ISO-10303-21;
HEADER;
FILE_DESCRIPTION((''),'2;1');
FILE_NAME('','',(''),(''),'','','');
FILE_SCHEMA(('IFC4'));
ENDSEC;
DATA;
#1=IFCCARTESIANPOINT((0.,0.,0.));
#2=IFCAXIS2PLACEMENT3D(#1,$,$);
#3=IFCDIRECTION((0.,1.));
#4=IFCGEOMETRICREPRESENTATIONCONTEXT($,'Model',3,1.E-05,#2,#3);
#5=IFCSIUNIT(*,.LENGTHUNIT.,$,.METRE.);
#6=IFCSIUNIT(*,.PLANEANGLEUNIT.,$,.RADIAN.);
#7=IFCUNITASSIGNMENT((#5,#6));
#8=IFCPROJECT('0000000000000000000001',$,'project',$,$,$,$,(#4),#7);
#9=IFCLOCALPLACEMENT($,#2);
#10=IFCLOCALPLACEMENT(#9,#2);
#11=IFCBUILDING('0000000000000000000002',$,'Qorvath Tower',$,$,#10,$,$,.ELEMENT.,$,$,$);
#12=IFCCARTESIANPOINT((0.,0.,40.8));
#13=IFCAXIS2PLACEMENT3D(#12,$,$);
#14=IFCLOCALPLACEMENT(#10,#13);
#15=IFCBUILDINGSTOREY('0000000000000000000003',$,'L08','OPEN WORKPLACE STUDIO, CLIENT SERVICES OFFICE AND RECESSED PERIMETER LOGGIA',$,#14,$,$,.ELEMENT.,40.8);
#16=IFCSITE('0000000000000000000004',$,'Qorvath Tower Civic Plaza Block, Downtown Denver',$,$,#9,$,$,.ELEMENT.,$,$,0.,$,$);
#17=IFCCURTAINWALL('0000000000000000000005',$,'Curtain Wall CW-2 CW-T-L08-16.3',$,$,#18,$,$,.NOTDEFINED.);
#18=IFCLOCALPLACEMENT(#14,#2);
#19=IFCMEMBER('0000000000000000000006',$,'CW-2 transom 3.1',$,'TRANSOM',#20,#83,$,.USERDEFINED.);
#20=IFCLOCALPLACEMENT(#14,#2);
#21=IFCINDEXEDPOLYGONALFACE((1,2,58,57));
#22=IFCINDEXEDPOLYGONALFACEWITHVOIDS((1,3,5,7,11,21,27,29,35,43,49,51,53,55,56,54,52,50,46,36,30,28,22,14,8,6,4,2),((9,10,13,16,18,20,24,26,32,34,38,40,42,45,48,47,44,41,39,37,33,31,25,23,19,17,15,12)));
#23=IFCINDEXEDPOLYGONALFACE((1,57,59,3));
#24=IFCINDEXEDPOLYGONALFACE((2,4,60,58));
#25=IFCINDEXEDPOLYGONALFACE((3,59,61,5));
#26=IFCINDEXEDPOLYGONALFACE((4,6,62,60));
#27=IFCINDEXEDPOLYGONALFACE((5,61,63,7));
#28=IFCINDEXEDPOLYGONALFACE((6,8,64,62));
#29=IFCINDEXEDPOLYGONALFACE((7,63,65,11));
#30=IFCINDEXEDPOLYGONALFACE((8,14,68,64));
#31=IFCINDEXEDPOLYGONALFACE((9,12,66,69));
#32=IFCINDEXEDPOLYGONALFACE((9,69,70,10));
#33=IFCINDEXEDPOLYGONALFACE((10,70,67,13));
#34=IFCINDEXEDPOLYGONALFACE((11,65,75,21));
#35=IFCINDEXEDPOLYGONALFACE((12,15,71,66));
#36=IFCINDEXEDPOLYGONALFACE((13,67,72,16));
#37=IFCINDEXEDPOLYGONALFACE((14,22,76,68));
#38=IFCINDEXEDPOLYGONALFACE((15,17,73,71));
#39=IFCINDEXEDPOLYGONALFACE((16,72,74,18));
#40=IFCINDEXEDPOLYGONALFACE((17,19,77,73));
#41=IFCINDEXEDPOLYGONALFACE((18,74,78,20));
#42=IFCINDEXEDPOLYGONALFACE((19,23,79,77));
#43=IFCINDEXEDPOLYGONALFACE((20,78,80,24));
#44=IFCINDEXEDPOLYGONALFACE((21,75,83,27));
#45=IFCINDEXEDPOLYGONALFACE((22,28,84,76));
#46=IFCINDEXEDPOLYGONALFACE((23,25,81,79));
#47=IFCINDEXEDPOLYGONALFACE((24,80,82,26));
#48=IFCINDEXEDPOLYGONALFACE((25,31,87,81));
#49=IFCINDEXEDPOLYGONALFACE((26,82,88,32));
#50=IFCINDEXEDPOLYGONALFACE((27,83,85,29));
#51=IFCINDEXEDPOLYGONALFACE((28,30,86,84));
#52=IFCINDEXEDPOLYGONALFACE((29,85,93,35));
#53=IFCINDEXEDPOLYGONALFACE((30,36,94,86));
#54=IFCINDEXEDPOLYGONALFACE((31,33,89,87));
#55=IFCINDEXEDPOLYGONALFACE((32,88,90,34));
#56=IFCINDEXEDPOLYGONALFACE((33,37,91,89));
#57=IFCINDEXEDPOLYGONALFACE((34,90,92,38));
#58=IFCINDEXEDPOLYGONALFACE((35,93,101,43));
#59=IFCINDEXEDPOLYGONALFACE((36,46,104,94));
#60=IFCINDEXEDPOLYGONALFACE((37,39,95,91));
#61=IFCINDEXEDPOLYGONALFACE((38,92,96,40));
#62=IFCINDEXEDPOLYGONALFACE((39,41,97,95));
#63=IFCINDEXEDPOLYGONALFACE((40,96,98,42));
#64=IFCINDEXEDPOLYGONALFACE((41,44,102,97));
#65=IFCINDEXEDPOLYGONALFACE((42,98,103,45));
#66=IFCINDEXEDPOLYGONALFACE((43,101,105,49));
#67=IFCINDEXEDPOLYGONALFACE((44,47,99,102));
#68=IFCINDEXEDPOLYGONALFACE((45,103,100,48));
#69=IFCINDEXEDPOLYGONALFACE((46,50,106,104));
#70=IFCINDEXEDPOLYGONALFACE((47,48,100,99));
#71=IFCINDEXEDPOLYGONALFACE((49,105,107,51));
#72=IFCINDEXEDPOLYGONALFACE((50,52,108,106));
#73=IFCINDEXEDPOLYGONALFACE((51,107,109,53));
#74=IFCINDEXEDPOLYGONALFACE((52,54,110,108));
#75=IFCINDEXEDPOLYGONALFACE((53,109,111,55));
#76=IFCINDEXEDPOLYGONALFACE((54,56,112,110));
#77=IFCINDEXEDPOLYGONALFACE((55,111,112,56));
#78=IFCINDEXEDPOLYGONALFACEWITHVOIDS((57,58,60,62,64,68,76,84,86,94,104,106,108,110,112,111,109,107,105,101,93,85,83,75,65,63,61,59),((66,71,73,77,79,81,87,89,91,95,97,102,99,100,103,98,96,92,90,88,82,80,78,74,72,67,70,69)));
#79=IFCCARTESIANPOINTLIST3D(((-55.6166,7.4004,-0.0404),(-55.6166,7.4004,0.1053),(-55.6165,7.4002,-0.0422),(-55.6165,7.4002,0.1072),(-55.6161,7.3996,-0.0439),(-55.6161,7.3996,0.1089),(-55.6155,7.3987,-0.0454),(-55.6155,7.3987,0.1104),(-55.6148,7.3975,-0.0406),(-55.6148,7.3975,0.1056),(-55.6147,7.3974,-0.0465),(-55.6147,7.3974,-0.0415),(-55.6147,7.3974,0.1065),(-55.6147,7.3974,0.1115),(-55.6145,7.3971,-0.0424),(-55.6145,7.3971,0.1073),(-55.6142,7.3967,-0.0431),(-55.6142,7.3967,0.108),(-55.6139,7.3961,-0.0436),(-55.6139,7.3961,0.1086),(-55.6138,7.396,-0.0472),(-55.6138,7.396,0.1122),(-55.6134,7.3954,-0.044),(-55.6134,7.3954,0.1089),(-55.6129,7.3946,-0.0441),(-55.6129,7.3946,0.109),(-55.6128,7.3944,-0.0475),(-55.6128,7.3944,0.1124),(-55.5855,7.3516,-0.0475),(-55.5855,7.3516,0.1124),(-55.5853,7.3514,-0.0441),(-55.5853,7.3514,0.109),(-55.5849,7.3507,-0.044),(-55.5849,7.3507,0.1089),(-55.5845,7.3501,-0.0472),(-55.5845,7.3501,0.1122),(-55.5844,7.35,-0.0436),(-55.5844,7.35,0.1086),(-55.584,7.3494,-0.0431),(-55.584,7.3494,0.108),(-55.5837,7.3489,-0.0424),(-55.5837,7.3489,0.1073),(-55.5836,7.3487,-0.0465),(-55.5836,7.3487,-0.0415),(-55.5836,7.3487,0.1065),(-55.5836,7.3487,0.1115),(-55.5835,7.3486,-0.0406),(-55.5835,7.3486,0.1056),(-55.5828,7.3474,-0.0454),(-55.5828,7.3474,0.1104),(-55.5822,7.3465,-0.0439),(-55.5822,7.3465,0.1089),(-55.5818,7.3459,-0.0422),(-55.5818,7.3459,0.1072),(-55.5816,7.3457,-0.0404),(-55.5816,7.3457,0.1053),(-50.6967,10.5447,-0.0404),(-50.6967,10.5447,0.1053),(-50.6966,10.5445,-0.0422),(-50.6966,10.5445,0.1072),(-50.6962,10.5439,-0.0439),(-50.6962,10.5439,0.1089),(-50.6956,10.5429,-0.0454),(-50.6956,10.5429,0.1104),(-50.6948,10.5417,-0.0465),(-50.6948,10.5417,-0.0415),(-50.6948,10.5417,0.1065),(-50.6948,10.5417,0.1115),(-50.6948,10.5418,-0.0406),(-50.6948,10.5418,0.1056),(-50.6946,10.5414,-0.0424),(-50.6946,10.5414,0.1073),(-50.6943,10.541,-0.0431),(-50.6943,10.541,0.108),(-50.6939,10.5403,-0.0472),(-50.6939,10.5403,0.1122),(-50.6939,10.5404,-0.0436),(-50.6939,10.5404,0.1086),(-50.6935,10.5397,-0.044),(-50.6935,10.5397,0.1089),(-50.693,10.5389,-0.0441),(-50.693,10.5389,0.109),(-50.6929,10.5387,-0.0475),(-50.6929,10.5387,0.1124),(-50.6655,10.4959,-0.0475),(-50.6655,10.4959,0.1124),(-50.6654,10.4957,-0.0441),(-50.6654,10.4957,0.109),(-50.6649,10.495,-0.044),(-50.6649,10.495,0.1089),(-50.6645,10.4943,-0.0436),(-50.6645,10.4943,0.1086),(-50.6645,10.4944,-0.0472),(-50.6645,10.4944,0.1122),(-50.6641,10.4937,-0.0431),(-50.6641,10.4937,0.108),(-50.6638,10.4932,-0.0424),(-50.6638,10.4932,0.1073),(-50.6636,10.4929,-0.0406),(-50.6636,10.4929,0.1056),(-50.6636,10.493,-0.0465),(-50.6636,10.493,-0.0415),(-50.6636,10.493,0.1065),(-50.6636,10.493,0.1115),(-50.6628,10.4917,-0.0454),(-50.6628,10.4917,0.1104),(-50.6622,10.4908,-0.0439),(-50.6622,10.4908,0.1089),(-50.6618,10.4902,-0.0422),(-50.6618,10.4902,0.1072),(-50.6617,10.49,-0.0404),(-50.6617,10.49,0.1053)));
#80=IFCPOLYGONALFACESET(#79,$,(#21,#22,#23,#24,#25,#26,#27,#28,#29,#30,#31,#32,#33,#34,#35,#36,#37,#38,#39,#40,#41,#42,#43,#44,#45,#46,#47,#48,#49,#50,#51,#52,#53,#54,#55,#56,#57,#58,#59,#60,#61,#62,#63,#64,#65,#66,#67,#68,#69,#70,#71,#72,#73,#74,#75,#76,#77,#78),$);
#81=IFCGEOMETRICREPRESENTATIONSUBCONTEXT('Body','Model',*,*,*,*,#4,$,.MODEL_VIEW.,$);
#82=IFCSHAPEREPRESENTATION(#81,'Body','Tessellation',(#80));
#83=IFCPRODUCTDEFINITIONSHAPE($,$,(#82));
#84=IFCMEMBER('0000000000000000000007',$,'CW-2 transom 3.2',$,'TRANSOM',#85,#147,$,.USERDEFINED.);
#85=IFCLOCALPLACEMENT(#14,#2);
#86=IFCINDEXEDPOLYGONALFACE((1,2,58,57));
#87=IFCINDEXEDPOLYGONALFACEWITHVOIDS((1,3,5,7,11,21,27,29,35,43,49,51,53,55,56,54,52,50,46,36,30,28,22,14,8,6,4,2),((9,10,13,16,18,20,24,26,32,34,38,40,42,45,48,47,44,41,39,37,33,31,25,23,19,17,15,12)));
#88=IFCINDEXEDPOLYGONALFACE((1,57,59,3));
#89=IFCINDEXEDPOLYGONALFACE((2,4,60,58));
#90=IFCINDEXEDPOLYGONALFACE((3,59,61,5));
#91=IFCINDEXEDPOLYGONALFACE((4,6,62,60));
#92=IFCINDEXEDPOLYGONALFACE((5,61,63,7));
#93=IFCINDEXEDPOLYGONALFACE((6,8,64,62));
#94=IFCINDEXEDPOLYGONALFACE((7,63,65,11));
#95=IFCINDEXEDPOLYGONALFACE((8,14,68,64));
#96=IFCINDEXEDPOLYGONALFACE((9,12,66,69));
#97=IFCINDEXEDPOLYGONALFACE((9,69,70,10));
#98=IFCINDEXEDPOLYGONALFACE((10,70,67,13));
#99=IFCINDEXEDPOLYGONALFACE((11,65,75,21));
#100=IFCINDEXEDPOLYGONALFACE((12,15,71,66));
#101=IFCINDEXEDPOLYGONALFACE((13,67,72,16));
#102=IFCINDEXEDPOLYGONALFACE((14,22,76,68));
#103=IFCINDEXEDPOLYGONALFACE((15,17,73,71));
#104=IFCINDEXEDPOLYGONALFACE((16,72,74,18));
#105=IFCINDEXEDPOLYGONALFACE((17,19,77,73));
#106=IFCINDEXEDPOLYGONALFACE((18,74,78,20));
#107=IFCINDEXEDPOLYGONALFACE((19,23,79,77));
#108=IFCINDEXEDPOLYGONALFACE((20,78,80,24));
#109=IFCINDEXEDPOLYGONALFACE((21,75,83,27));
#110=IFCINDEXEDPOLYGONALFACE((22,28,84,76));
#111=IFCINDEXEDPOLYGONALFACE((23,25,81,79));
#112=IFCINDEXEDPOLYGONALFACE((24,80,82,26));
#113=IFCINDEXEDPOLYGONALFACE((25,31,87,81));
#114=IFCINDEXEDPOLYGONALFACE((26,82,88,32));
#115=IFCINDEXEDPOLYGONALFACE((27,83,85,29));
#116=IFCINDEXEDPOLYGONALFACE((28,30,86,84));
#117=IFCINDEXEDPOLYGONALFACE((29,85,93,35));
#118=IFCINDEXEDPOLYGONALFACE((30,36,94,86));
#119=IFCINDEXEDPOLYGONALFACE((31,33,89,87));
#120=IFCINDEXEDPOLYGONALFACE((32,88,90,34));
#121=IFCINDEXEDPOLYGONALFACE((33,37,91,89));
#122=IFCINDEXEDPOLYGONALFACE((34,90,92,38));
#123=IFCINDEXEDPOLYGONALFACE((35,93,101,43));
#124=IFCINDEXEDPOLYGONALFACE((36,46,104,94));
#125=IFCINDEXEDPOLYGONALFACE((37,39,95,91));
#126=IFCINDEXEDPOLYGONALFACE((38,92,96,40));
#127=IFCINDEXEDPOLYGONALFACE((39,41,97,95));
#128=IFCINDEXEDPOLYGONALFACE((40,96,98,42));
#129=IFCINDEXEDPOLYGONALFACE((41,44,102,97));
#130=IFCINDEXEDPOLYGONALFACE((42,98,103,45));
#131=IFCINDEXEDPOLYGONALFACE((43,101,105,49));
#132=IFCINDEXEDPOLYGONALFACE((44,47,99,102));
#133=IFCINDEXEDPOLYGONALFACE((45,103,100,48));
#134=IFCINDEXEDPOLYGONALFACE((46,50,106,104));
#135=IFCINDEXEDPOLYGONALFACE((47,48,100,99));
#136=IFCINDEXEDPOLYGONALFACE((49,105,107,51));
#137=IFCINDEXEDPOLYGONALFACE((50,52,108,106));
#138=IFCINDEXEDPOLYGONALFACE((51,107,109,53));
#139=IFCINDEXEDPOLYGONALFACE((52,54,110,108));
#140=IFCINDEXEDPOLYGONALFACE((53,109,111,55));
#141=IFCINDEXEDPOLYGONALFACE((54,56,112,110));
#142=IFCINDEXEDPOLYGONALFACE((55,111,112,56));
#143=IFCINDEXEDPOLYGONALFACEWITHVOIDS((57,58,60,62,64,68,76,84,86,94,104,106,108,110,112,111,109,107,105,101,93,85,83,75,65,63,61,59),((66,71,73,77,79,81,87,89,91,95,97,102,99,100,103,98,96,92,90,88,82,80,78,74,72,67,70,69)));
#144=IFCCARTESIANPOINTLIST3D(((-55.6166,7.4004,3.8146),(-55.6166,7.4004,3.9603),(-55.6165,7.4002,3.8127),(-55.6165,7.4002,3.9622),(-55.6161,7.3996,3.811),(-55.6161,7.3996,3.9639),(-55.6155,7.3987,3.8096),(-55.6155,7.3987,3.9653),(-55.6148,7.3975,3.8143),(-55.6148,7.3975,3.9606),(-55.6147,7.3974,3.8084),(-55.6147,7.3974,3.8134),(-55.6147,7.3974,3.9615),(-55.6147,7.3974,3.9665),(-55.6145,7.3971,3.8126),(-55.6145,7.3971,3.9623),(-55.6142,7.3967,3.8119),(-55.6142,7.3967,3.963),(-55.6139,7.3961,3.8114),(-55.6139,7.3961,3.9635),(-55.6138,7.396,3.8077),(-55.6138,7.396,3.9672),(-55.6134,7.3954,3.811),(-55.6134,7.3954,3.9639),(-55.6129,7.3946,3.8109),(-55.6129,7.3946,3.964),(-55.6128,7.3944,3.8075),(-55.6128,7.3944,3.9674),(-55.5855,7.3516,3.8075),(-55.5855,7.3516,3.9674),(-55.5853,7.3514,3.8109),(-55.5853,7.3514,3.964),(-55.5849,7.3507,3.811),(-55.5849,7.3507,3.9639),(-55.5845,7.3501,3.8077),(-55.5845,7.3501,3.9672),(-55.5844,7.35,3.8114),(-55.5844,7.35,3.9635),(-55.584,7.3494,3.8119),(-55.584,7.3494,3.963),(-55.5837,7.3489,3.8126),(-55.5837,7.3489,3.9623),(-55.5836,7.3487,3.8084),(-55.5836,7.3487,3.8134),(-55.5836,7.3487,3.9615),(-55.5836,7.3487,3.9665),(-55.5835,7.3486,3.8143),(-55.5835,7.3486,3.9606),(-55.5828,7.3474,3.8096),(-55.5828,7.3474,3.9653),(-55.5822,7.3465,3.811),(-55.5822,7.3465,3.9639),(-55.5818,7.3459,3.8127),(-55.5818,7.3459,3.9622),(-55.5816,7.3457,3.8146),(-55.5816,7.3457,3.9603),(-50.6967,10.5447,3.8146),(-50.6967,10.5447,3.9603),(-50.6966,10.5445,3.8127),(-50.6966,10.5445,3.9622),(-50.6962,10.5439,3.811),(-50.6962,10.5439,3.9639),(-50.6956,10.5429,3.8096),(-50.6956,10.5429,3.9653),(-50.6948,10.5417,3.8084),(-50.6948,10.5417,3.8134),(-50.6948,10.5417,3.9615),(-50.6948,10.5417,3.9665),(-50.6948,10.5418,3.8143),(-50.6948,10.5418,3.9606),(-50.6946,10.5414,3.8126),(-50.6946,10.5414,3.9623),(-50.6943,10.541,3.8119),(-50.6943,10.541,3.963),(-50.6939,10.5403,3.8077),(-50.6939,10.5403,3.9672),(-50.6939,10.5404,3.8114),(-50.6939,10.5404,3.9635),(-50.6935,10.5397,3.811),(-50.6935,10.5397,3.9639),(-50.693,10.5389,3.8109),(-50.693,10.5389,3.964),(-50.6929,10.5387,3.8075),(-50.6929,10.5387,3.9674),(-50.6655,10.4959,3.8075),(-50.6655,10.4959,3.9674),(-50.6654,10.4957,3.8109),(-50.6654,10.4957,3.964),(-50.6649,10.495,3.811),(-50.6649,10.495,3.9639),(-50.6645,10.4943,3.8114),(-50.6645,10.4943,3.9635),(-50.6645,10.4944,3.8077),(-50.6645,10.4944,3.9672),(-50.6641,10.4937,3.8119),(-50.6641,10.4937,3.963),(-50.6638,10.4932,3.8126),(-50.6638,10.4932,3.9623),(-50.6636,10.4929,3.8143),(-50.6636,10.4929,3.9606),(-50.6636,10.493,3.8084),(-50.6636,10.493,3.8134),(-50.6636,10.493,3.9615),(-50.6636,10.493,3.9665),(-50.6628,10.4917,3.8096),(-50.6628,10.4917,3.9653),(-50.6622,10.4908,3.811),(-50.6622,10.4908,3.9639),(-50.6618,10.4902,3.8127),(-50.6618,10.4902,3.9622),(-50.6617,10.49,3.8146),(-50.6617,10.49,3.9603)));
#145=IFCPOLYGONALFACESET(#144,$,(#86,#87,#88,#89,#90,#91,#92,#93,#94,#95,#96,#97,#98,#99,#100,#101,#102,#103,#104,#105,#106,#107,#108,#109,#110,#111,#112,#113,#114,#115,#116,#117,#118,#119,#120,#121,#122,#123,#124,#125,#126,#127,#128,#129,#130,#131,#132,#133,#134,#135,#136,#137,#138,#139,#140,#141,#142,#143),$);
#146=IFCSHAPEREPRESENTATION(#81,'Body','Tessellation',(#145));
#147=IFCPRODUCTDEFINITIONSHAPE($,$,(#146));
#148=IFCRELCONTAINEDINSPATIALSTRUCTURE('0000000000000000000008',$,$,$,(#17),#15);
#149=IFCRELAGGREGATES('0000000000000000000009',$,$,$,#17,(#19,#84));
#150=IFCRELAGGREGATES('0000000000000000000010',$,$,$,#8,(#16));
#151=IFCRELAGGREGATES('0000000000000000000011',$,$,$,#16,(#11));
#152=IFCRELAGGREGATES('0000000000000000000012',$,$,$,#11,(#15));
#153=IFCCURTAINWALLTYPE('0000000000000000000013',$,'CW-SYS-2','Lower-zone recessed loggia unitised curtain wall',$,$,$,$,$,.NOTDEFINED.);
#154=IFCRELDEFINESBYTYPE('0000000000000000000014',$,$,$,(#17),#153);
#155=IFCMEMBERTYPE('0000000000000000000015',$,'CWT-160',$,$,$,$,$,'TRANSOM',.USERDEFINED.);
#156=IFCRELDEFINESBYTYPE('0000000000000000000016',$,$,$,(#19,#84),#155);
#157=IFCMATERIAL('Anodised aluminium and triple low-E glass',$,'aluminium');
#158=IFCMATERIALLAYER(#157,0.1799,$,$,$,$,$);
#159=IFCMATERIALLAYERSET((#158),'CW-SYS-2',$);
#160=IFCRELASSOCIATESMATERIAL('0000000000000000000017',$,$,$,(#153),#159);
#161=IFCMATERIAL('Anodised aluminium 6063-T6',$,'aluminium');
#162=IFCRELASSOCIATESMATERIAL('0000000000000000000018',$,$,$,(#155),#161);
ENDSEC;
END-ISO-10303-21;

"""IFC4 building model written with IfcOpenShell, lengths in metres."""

from ifc_helpers import new_model, si_unit, direction, frame, origin, origin_2d, place, context, subcontext, project, spatial, hollow_rectangle, extrude, material, layer, layer_set, material_profile, profile_set, type_object, element, aggregate, save


model = new_model("IFC4")

# Units and contexts
model_context = context("Model", 3, precision=1e-05, world=origin(), true_north=direction((0.0, 1.0)))
body_context = subcontext(model_context, "Body", "Model", "MODEL_VIEW")
ifc_project = project(units=[si_unit("LENGTHUNIT", "METRE"), si_unit("PLANEANGLEUNIT", "RADIAN")], contexts=[model_context])

# Site, building, storey
site_placement = place(None, origin())
site = spatial("IfcSite", under=ifc_project, at=site_placement, Name="Qorvath Tower Civic Plaza Block, Downtown Denver", CompositionType="ELEMENT", RefElevation=0.0)
building_placement = place(site_placement, origin())
building = spatial("IfcBuilding", under=site, at=building_placement, Name="Qorvath Tower", CompositionType="ELEMENT")
storey_placement = place(building_placement, frame((0.0, 0.0, 40.8)))
storey = spatial("IfcBuildingStorey", under=building, at=storey_placement, Name="L08", Description="OPEN WORKPLACE STUDIO, CLIENT SERVICES OFFICE AND RECESSED PERIMETER LOGGIA", CompositionType="ELEMENT", Elevation=40.8)

# Curtain wall, members
ifc_material_1 = material(Name="Anodised aluminium and triple low-E glass", Category="aluminium")
ifc_layer_1 = layer(ifc_material_1, 0.1799)
ifc_layer_set_1 = layer_set([ifc_layer_1], Name="CW-SYS-2")
curtain_wall_type = type_object("IfcCurtainWallType", Name="CW-SYS-2", Description="Lower-zone recessed loggia unitised curtain wall", PredefinedType="NOTDEFINED", material=ifc_layer_set_1)
curtain_wall_placement = place(storey_placement, origin())
curtain_wall = element("IfcCurtainWall", 1, at=curtain_wall_placement, inside=storey, type_object=curtain_wall_type, Name="Curtain Wall CW-2 CW-T-L08-16.3", PredefinedType="NOTDEFINED")
ifc_material_2 = material(Name="Anodised aluminium 6063-T6", Category="aluminium")
ifc_material_profile_1 = material_profile(ifc_material_2, hollow_rectangle(XDim=0.0649, YDim=0.1599, WallThickness=0.0034, InnerFilletRadius=0.0034, OuterFilletRadius=0.0071, at=origin_2d()), Name="CWT 160x65")
ifc_profile_set_1 = profile_set([ifc_material_profile_1], Name="Anodised aluminium 6063-T6")
member_type_1 = type_object("IfcMemberType", Name="CWT-160", ElementType="TRANSOM", PredefinedType="USERDEFINED", material=ifc_profile_set_1)
member_1_placement = place(storey_placement, frame((-50.6792, 10.5173, 0.0325), z_axis=(-0.842618, -0.538511, 0.0), x_axis=(0.538511, -0.842618, 0.0)))
member_1 = element("IfcMember", 2, at=member_1_placement, type_object=member_type_1, Name="CW-2 transom 3.1", ObjectType="TRANSOM", PredefinedType="USERDEFINED", context=body_context, shape_type="SweptSolid", body=[
    extrude(hollow_rectangle(XDim=0.0649, YDim=0.1599, WallThickness=0.0034, InnerFilletRadius=0.0034, OuterFilletRadius=0.0071, at=origin_2d()), origin(), (0.0, 0.0, 1.0), 5.8389),
])
member_2_placement = place(storey_placement, frame((-50.6792, 10.5173, 3.8875), z_axis=(-0.842618, -0.538511, 0.0), x_axis=(0.538511, -0.842618, 0.0)))
member_2 = element("IfcMember", 3, at=member_2_placement, type_object=member_type_1, Name="CW-2 transom 3.2", ObjectType="TRANSOM", PredefinedType="USERDEFINED", context=body_context, shape_type="SweptSolid", body=[
    extrude(hollow_rectangle(XDim=0.0649, YDim=0.1599, WallThickness=0.0034, InnerFilletRadius=0.0034, OuterFilletRadius=0.0071, at=origin_2d()), origin(), (0.0, 0.0, 1.0), 5.8389),
])
aggregate(curtain_wall, [member_1, member_2])

save(model, "model.ifc")
